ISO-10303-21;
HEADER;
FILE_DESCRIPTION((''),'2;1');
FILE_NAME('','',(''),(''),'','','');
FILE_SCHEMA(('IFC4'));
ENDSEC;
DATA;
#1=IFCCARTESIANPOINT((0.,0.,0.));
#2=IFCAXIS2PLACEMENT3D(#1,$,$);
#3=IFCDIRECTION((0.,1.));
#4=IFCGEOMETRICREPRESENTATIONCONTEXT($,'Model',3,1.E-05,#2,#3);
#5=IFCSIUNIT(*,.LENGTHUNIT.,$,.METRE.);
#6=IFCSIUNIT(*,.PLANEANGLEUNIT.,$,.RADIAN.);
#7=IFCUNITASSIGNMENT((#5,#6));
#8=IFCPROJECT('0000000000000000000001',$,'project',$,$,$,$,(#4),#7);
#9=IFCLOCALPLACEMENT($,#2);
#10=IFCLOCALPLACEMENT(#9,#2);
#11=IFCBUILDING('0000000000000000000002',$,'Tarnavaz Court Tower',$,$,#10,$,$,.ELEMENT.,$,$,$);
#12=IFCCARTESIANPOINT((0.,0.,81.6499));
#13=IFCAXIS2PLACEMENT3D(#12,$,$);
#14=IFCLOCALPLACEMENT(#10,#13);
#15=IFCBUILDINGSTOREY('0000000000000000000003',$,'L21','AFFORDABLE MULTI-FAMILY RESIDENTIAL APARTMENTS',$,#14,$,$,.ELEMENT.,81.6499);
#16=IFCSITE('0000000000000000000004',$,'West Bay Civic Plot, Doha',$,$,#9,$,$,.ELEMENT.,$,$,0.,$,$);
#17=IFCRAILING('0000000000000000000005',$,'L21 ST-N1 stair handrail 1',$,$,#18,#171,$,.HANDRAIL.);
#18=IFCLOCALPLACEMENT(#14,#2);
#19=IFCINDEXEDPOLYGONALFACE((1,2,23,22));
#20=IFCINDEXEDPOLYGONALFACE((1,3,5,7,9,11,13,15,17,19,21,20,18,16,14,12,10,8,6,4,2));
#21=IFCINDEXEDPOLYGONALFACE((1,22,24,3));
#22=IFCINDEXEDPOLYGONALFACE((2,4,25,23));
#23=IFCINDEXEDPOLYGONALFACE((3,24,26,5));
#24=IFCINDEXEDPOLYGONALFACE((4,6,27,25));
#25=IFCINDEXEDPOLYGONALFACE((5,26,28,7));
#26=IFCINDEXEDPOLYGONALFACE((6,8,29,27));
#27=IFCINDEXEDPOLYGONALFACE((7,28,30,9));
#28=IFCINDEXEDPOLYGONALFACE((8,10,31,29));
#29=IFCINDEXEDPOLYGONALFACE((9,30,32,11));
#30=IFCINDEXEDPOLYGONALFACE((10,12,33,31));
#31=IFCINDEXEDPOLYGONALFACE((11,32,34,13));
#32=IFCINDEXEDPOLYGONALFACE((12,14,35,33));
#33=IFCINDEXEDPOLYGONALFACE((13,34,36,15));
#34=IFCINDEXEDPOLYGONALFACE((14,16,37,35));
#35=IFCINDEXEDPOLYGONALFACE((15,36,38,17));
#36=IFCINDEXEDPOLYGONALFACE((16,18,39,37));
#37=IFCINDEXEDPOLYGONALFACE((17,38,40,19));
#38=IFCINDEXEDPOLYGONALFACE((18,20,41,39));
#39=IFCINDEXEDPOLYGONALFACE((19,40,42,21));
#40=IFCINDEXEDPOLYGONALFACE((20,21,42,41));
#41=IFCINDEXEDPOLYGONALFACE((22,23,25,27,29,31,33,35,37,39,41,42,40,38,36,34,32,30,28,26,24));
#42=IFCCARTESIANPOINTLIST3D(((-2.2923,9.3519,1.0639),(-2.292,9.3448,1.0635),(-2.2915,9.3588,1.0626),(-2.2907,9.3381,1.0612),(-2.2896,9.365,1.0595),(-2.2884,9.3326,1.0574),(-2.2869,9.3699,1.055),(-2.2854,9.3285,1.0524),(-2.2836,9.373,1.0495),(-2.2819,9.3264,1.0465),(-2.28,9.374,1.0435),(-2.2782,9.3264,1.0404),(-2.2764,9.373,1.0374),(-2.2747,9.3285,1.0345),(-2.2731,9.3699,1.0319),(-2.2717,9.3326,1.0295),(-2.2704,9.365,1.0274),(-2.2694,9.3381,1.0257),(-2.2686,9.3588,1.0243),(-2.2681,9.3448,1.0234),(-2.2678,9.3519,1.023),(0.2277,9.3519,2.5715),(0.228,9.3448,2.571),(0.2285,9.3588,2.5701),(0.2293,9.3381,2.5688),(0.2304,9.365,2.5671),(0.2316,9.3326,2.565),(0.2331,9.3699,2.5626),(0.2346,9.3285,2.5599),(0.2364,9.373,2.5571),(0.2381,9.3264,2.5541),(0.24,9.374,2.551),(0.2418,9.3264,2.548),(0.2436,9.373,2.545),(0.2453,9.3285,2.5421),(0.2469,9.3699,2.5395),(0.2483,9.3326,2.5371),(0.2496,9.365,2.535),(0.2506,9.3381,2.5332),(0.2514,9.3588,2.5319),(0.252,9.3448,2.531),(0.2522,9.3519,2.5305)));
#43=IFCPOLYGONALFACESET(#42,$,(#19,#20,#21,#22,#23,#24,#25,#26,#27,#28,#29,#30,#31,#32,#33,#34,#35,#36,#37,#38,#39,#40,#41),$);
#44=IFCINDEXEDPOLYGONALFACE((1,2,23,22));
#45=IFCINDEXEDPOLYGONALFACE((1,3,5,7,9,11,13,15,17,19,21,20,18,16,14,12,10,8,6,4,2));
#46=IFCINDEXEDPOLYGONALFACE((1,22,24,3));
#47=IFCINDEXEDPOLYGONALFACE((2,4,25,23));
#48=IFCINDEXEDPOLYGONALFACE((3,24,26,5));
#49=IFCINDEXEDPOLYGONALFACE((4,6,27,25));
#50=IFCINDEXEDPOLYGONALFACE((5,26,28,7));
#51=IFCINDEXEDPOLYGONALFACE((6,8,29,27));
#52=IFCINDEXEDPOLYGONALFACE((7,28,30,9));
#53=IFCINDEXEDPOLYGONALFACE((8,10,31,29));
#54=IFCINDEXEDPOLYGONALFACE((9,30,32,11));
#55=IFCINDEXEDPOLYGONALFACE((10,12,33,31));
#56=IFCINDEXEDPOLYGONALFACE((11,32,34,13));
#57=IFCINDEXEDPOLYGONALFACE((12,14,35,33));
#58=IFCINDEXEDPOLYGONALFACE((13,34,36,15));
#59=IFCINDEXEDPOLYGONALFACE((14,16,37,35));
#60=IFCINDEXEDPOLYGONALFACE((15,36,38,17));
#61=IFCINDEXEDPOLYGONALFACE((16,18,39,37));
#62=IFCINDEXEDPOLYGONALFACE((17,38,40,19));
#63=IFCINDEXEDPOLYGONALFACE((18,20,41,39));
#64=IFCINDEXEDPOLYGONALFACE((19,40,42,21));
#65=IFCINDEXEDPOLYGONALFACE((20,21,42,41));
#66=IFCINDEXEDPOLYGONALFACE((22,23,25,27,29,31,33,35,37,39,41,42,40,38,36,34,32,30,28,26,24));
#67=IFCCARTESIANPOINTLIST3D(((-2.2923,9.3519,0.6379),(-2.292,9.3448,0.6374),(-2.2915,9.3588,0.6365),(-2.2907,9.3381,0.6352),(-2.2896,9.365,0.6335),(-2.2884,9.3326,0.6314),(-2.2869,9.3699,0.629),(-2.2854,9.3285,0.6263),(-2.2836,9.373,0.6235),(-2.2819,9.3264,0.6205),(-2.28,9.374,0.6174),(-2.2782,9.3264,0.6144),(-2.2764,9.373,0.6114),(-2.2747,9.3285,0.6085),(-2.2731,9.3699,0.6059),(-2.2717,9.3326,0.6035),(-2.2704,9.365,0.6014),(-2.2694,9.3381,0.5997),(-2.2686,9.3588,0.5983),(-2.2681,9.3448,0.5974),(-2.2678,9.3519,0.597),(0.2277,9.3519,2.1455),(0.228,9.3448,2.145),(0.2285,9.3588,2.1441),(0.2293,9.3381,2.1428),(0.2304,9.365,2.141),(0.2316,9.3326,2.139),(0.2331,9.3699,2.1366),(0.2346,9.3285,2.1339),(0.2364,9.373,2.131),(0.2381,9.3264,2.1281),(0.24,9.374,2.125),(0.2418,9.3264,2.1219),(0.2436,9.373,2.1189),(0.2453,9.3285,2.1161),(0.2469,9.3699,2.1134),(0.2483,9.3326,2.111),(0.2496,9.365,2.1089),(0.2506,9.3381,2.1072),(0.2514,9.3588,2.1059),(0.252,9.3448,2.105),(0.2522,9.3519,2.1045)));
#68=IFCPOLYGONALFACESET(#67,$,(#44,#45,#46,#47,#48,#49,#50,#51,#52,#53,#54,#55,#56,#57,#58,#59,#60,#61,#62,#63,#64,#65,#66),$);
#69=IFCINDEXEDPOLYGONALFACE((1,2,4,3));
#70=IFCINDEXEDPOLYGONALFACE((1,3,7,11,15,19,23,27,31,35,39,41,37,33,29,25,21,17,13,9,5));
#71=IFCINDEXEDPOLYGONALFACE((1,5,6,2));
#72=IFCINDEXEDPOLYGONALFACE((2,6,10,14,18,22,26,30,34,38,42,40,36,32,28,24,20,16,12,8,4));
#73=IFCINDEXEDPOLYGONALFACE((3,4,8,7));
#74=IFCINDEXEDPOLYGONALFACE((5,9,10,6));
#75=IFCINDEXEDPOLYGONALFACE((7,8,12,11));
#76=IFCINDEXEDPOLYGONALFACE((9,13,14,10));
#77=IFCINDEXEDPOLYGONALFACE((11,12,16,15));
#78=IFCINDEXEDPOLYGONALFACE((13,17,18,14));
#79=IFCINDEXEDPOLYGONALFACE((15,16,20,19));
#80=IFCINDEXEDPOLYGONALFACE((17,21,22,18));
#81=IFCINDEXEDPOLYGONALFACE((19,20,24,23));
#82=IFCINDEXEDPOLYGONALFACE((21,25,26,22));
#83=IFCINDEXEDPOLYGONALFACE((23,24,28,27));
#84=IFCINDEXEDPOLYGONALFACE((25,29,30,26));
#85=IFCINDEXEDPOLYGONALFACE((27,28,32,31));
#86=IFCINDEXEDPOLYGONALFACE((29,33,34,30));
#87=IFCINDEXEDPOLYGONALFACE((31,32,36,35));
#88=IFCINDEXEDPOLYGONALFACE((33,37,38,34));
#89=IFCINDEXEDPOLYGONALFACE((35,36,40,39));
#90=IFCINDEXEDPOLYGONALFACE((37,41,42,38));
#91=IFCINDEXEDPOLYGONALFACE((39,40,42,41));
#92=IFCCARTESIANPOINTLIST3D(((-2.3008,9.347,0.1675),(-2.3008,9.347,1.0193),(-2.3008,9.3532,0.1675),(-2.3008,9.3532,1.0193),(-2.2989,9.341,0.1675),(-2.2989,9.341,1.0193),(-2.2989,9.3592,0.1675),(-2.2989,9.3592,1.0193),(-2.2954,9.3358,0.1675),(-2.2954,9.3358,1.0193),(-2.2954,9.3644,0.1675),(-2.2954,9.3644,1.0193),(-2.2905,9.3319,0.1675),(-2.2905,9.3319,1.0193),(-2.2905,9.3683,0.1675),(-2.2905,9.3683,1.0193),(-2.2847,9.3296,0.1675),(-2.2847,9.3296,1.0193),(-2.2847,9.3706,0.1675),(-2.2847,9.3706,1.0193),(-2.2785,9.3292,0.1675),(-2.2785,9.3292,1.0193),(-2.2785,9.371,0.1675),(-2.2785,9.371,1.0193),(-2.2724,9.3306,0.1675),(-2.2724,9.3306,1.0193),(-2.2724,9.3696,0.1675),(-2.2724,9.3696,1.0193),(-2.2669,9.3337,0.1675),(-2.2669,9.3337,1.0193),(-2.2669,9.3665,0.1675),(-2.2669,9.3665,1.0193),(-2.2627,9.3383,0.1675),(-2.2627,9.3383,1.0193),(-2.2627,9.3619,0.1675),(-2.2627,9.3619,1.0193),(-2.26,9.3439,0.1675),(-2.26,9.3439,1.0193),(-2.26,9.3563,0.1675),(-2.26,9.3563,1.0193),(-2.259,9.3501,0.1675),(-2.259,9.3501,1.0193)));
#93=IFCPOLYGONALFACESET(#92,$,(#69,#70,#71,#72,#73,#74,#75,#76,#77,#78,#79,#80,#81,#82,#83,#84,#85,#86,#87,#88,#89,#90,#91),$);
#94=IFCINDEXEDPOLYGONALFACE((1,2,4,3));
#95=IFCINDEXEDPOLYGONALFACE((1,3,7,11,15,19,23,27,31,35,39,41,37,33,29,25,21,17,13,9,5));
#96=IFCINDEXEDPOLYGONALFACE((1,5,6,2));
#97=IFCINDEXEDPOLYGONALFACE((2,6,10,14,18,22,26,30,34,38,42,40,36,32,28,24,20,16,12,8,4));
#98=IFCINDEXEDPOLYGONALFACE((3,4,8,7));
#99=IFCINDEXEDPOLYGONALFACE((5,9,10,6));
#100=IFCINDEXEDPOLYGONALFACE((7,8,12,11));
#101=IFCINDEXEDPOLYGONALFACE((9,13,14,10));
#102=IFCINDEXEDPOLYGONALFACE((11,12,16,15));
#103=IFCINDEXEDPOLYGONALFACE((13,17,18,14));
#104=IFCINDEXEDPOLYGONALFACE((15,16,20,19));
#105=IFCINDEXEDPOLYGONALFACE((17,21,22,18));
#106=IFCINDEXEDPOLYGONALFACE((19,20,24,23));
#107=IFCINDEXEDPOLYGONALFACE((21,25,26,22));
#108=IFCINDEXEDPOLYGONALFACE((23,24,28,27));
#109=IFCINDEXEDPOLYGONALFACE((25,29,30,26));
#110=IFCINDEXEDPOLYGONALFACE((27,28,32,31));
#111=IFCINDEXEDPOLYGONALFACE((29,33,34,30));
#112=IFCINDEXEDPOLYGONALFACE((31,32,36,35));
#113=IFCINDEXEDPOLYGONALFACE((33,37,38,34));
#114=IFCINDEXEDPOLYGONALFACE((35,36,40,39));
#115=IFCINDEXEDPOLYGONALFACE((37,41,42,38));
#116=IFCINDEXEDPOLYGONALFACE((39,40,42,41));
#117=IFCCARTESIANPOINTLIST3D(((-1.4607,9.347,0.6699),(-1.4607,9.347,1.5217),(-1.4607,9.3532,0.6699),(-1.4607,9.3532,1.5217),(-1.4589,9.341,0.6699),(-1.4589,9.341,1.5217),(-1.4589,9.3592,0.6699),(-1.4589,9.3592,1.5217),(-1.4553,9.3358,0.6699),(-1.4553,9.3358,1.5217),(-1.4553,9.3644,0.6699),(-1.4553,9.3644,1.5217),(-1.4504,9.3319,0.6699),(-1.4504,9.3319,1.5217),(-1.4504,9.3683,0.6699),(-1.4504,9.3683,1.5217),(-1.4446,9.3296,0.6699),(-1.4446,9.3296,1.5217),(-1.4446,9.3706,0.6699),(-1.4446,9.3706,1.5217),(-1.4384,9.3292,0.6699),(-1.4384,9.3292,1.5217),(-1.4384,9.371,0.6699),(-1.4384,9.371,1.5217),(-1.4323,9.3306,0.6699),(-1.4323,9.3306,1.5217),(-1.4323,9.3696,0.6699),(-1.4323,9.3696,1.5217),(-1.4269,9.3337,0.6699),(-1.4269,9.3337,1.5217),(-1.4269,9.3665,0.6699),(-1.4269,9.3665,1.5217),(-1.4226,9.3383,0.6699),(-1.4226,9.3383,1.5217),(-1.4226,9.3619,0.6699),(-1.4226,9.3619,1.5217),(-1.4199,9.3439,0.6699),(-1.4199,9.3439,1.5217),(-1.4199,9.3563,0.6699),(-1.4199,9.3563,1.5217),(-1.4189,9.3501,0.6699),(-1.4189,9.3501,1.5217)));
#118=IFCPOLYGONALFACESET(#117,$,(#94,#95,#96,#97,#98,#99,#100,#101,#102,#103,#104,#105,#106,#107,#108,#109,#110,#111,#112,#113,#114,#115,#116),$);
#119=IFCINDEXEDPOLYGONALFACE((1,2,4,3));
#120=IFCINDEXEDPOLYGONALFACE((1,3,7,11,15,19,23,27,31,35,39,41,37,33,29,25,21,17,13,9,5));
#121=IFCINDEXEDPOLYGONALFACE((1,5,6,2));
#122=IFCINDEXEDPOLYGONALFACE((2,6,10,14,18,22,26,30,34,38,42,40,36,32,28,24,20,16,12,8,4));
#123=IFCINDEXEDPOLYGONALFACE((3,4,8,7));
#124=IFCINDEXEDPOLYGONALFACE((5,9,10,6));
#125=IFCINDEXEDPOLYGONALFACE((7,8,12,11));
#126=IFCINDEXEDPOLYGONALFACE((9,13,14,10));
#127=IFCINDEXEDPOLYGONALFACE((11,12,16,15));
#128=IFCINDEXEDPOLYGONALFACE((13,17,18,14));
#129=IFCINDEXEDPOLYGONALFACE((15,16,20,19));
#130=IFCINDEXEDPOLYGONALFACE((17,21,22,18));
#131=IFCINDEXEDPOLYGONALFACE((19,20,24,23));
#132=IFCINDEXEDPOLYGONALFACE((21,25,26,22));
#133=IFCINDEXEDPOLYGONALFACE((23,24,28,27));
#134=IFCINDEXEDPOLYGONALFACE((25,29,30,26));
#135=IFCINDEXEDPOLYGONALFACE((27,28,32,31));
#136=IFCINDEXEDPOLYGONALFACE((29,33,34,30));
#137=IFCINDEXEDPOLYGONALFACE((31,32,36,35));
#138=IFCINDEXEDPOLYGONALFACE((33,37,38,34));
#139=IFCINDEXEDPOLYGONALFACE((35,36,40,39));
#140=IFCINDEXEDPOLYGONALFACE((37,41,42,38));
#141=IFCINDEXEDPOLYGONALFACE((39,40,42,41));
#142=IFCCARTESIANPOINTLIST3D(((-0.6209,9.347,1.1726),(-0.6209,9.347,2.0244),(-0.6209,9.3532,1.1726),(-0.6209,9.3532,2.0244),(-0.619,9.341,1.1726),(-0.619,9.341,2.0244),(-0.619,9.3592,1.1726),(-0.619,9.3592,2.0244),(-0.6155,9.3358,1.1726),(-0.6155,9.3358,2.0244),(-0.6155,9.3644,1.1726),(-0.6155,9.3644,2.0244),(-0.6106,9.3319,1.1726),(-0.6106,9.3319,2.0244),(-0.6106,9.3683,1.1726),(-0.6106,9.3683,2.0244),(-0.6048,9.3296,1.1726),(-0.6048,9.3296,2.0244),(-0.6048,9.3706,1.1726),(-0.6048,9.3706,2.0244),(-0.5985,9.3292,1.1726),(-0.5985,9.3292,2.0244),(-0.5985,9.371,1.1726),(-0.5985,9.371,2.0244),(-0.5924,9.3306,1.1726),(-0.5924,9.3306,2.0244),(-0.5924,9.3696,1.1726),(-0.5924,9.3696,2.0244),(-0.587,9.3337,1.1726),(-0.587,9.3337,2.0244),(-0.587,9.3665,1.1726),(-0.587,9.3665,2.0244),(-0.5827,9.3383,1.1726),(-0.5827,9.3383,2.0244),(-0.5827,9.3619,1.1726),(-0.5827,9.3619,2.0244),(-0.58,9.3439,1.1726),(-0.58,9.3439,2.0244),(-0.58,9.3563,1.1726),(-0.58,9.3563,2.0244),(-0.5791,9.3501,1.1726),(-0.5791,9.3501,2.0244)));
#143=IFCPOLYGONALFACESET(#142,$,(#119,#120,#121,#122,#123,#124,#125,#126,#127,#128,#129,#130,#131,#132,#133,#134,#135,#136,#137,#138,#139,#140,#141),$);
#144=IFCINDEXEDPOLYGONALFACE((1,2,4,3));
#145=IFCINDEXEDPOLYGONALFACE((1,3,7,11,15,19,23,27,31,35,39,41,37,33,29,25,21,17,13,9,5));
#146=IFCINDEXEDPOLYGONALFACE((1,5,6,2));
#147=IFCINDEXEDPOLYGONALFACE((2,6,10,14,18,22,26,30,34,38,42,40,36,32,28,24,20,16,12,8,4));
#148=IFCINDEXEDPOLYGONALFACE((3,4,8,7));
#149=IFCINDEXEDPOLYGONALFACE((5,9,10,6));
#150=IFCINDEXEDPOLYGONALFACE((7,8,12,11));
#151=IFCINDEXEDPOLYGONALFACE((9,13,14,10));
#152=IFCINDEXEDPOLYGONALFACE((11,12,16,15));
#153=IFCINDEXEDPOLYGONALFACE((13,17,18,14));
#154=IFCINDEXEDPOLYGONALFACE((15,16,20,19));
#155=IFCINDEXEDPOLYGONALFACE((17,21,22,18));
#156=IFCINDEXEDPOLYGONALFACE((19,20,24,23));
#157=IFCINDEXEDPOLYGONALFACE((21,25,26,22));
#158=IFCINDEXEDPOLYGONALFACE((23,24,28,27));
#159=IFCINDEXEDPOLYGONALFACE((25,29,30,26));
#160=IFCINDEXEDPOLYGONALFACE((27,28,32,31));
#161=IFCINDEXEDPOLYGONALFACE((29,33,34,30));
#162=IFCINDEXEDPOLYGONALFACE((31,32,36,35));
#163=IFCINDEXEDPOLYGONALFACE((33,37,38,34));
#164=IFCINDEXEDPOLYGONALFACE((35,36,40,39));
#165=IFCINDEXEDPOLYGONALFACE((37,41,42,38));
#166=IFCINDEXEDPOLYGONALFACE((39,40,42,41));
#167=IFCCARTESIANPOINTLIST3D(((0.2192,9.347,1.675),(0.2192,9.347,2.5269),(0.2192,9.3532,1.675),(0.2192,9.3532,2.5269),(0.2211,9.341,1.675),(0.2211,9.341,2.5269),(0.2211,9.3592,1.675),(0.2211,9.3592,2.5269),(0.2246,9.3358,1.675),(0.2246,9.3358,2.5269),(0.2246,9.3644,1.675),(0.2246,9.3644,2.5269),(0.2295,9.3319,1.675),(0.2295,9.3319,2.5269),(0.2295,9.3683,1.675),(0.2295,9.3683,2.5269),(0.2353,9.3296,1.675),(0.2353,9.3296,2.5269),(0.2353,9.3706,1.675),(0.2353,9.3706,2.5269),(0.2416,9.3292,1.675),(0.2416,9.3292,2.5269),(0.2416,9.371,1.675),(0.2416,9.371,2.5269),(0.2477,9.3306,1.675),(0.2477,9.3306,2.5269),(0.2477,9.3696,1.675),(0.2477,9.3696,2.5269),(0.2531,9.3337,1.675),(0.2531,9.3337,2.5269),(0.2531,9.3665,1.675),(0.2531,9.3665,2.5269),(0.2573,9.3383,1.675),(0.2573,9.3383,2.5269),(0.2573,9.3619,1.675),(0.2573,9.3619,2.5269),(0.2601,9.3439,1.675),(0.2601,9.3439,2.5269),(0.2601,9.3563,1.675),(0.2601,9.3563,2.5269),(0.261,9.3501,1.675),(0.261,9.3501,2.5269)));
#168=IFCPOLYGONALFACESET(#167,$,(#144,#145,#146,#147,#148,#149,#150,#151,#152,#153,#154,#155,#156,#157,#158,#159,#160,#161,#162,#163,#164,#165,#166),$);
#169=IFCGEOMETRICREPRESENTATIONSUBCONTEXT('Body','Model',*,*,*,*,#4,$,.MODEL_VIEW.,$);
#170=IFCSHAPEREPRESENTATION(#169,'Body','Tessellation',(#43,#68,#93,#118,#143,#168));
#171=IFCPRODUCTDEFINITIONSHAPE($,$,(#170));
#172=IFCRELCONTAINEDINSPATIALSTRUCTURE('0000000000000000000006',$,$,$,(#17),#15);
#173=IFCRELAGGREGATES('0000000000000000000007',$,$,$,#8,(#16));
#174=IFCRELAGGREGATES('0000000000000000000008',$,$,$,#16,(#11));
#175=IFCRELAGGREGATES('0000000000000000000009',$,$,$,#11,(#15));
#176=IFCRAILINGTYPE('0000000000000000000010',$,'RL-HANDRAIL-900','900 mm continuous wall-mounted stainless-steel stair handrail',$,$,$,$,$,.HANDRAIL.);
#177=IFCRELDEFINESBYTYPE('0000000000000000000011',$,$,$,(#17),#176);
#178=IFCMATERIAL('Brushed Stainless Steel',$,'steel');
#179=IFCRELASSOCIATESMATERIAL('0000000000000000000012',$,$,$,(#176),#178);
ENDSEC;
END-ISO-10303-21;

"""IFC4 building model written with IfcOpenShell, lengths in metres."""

from ifc_helpers import new_model, si_unit, direction, frame, origin, origin_2d, place, context, subcontext, project, spatial, circle, extrude, material, type_object, element, save


model = new_model("IFC4")

# Units and contexts
model_context = context("Model", 3, precision=1e-05, world=origin(), true_north=direction((0.0, 1.0)))
body_context = subcontext(model_context, "Body", "Model", "MODEL_VIEW")
ifc_project = project(units=[si_unit("LENGTHUNIT", "METRE"), si_unit("PLANEANGLEUNIT", "RADIAN")], contexts=[model_context])

# Site, building, storey
site_placement = place(None, origin())
site = spatial("IfcSite", under=ifc_project, at=site_placement, Name="West Bay Civic Plot, Doha", CompositionType="ELEMENT", RefElevation=0.0)
building_placement = place(site_placement, origin())
building = spatial("IfcBuilding", under=site, at=building_placement, Name="Tarnavaz Court Tower", CompositionType="ELEMENT")
storey_placement = place(building_placement, frame((0.0, 0.0, 81.6499)))
storey = spatial("IfcBuildingStorey", under=building, at=storey_placement, Name="L21", Description="AFFORDABLE MULTI-FAMILY RESIDENTIAL APARTMENTS", CompositionType="ELEMENT", Elevation=81.6499)

# Railing
ifc_material_1 = material(Name="Brushed Stainless Steel", Category="steel")
railing_type_1 = type_object("IfcRailingType", Name="RL-HANDRAIL-900", Description="900 mm continuous wall-mounted stainless-steel stair handrail", PredefinedType="HANDRAIL", material=ifc_material_1)
railing_1_placement = place(storey_placement, frame((-2.28, 9.3501, 0.1675)))
element("IfcRailing", 1, at=railing_1_placement, inside=storey, type_object=railing_type_1, Name="L21 ST-N1 stair handrail 1", PredefinedType="HANDRAIL", context=body_context, shape_type="SweptSolid", body=[
    extrude(circle(Radius=0.0239, at=origin_2d()), frame((0.0, 0.0, 0.876), z_axis=(0.85816, 0.0, 0.513383), x_axis=(0.0, 1.0, 0.0)), (0.0, 0.0, 1.0), 2.9365),
    extrude(circle(Radius=0.0239, at=origin_2d()), frame((0.0, 0.0, 0.45), z_axis=(0.85816, 0.0, 0.513383), x_axis=(0.0, 1.0, 0.0)), (0.0, 0.0, 1.0), 2.9365),
    extrude(circle(Radius=0.021, at=origin_2d()), origin(), (0.0, 0.0, 1.0), 0.8518),
    extrude(circle(Radius=0.021, at=origin_2d()), frame((0.8401, 0.0, 0.5024)), (0.0, 0.0, 1.0), 0.8518),
    extrude(circle(Radius=0.021, at=origin_2d()), frame((1.6799, 0.0, 1.0051)), (0.0, 0.0, 1.0), 0.8518),
    extrude(circle(Radius=0.021, at=origin_2d()), frame((2.52, 0.0, 1.5076)), (0.0, 0.0, 1.0), 0.8518),
])

save(model, "model.ifc")
